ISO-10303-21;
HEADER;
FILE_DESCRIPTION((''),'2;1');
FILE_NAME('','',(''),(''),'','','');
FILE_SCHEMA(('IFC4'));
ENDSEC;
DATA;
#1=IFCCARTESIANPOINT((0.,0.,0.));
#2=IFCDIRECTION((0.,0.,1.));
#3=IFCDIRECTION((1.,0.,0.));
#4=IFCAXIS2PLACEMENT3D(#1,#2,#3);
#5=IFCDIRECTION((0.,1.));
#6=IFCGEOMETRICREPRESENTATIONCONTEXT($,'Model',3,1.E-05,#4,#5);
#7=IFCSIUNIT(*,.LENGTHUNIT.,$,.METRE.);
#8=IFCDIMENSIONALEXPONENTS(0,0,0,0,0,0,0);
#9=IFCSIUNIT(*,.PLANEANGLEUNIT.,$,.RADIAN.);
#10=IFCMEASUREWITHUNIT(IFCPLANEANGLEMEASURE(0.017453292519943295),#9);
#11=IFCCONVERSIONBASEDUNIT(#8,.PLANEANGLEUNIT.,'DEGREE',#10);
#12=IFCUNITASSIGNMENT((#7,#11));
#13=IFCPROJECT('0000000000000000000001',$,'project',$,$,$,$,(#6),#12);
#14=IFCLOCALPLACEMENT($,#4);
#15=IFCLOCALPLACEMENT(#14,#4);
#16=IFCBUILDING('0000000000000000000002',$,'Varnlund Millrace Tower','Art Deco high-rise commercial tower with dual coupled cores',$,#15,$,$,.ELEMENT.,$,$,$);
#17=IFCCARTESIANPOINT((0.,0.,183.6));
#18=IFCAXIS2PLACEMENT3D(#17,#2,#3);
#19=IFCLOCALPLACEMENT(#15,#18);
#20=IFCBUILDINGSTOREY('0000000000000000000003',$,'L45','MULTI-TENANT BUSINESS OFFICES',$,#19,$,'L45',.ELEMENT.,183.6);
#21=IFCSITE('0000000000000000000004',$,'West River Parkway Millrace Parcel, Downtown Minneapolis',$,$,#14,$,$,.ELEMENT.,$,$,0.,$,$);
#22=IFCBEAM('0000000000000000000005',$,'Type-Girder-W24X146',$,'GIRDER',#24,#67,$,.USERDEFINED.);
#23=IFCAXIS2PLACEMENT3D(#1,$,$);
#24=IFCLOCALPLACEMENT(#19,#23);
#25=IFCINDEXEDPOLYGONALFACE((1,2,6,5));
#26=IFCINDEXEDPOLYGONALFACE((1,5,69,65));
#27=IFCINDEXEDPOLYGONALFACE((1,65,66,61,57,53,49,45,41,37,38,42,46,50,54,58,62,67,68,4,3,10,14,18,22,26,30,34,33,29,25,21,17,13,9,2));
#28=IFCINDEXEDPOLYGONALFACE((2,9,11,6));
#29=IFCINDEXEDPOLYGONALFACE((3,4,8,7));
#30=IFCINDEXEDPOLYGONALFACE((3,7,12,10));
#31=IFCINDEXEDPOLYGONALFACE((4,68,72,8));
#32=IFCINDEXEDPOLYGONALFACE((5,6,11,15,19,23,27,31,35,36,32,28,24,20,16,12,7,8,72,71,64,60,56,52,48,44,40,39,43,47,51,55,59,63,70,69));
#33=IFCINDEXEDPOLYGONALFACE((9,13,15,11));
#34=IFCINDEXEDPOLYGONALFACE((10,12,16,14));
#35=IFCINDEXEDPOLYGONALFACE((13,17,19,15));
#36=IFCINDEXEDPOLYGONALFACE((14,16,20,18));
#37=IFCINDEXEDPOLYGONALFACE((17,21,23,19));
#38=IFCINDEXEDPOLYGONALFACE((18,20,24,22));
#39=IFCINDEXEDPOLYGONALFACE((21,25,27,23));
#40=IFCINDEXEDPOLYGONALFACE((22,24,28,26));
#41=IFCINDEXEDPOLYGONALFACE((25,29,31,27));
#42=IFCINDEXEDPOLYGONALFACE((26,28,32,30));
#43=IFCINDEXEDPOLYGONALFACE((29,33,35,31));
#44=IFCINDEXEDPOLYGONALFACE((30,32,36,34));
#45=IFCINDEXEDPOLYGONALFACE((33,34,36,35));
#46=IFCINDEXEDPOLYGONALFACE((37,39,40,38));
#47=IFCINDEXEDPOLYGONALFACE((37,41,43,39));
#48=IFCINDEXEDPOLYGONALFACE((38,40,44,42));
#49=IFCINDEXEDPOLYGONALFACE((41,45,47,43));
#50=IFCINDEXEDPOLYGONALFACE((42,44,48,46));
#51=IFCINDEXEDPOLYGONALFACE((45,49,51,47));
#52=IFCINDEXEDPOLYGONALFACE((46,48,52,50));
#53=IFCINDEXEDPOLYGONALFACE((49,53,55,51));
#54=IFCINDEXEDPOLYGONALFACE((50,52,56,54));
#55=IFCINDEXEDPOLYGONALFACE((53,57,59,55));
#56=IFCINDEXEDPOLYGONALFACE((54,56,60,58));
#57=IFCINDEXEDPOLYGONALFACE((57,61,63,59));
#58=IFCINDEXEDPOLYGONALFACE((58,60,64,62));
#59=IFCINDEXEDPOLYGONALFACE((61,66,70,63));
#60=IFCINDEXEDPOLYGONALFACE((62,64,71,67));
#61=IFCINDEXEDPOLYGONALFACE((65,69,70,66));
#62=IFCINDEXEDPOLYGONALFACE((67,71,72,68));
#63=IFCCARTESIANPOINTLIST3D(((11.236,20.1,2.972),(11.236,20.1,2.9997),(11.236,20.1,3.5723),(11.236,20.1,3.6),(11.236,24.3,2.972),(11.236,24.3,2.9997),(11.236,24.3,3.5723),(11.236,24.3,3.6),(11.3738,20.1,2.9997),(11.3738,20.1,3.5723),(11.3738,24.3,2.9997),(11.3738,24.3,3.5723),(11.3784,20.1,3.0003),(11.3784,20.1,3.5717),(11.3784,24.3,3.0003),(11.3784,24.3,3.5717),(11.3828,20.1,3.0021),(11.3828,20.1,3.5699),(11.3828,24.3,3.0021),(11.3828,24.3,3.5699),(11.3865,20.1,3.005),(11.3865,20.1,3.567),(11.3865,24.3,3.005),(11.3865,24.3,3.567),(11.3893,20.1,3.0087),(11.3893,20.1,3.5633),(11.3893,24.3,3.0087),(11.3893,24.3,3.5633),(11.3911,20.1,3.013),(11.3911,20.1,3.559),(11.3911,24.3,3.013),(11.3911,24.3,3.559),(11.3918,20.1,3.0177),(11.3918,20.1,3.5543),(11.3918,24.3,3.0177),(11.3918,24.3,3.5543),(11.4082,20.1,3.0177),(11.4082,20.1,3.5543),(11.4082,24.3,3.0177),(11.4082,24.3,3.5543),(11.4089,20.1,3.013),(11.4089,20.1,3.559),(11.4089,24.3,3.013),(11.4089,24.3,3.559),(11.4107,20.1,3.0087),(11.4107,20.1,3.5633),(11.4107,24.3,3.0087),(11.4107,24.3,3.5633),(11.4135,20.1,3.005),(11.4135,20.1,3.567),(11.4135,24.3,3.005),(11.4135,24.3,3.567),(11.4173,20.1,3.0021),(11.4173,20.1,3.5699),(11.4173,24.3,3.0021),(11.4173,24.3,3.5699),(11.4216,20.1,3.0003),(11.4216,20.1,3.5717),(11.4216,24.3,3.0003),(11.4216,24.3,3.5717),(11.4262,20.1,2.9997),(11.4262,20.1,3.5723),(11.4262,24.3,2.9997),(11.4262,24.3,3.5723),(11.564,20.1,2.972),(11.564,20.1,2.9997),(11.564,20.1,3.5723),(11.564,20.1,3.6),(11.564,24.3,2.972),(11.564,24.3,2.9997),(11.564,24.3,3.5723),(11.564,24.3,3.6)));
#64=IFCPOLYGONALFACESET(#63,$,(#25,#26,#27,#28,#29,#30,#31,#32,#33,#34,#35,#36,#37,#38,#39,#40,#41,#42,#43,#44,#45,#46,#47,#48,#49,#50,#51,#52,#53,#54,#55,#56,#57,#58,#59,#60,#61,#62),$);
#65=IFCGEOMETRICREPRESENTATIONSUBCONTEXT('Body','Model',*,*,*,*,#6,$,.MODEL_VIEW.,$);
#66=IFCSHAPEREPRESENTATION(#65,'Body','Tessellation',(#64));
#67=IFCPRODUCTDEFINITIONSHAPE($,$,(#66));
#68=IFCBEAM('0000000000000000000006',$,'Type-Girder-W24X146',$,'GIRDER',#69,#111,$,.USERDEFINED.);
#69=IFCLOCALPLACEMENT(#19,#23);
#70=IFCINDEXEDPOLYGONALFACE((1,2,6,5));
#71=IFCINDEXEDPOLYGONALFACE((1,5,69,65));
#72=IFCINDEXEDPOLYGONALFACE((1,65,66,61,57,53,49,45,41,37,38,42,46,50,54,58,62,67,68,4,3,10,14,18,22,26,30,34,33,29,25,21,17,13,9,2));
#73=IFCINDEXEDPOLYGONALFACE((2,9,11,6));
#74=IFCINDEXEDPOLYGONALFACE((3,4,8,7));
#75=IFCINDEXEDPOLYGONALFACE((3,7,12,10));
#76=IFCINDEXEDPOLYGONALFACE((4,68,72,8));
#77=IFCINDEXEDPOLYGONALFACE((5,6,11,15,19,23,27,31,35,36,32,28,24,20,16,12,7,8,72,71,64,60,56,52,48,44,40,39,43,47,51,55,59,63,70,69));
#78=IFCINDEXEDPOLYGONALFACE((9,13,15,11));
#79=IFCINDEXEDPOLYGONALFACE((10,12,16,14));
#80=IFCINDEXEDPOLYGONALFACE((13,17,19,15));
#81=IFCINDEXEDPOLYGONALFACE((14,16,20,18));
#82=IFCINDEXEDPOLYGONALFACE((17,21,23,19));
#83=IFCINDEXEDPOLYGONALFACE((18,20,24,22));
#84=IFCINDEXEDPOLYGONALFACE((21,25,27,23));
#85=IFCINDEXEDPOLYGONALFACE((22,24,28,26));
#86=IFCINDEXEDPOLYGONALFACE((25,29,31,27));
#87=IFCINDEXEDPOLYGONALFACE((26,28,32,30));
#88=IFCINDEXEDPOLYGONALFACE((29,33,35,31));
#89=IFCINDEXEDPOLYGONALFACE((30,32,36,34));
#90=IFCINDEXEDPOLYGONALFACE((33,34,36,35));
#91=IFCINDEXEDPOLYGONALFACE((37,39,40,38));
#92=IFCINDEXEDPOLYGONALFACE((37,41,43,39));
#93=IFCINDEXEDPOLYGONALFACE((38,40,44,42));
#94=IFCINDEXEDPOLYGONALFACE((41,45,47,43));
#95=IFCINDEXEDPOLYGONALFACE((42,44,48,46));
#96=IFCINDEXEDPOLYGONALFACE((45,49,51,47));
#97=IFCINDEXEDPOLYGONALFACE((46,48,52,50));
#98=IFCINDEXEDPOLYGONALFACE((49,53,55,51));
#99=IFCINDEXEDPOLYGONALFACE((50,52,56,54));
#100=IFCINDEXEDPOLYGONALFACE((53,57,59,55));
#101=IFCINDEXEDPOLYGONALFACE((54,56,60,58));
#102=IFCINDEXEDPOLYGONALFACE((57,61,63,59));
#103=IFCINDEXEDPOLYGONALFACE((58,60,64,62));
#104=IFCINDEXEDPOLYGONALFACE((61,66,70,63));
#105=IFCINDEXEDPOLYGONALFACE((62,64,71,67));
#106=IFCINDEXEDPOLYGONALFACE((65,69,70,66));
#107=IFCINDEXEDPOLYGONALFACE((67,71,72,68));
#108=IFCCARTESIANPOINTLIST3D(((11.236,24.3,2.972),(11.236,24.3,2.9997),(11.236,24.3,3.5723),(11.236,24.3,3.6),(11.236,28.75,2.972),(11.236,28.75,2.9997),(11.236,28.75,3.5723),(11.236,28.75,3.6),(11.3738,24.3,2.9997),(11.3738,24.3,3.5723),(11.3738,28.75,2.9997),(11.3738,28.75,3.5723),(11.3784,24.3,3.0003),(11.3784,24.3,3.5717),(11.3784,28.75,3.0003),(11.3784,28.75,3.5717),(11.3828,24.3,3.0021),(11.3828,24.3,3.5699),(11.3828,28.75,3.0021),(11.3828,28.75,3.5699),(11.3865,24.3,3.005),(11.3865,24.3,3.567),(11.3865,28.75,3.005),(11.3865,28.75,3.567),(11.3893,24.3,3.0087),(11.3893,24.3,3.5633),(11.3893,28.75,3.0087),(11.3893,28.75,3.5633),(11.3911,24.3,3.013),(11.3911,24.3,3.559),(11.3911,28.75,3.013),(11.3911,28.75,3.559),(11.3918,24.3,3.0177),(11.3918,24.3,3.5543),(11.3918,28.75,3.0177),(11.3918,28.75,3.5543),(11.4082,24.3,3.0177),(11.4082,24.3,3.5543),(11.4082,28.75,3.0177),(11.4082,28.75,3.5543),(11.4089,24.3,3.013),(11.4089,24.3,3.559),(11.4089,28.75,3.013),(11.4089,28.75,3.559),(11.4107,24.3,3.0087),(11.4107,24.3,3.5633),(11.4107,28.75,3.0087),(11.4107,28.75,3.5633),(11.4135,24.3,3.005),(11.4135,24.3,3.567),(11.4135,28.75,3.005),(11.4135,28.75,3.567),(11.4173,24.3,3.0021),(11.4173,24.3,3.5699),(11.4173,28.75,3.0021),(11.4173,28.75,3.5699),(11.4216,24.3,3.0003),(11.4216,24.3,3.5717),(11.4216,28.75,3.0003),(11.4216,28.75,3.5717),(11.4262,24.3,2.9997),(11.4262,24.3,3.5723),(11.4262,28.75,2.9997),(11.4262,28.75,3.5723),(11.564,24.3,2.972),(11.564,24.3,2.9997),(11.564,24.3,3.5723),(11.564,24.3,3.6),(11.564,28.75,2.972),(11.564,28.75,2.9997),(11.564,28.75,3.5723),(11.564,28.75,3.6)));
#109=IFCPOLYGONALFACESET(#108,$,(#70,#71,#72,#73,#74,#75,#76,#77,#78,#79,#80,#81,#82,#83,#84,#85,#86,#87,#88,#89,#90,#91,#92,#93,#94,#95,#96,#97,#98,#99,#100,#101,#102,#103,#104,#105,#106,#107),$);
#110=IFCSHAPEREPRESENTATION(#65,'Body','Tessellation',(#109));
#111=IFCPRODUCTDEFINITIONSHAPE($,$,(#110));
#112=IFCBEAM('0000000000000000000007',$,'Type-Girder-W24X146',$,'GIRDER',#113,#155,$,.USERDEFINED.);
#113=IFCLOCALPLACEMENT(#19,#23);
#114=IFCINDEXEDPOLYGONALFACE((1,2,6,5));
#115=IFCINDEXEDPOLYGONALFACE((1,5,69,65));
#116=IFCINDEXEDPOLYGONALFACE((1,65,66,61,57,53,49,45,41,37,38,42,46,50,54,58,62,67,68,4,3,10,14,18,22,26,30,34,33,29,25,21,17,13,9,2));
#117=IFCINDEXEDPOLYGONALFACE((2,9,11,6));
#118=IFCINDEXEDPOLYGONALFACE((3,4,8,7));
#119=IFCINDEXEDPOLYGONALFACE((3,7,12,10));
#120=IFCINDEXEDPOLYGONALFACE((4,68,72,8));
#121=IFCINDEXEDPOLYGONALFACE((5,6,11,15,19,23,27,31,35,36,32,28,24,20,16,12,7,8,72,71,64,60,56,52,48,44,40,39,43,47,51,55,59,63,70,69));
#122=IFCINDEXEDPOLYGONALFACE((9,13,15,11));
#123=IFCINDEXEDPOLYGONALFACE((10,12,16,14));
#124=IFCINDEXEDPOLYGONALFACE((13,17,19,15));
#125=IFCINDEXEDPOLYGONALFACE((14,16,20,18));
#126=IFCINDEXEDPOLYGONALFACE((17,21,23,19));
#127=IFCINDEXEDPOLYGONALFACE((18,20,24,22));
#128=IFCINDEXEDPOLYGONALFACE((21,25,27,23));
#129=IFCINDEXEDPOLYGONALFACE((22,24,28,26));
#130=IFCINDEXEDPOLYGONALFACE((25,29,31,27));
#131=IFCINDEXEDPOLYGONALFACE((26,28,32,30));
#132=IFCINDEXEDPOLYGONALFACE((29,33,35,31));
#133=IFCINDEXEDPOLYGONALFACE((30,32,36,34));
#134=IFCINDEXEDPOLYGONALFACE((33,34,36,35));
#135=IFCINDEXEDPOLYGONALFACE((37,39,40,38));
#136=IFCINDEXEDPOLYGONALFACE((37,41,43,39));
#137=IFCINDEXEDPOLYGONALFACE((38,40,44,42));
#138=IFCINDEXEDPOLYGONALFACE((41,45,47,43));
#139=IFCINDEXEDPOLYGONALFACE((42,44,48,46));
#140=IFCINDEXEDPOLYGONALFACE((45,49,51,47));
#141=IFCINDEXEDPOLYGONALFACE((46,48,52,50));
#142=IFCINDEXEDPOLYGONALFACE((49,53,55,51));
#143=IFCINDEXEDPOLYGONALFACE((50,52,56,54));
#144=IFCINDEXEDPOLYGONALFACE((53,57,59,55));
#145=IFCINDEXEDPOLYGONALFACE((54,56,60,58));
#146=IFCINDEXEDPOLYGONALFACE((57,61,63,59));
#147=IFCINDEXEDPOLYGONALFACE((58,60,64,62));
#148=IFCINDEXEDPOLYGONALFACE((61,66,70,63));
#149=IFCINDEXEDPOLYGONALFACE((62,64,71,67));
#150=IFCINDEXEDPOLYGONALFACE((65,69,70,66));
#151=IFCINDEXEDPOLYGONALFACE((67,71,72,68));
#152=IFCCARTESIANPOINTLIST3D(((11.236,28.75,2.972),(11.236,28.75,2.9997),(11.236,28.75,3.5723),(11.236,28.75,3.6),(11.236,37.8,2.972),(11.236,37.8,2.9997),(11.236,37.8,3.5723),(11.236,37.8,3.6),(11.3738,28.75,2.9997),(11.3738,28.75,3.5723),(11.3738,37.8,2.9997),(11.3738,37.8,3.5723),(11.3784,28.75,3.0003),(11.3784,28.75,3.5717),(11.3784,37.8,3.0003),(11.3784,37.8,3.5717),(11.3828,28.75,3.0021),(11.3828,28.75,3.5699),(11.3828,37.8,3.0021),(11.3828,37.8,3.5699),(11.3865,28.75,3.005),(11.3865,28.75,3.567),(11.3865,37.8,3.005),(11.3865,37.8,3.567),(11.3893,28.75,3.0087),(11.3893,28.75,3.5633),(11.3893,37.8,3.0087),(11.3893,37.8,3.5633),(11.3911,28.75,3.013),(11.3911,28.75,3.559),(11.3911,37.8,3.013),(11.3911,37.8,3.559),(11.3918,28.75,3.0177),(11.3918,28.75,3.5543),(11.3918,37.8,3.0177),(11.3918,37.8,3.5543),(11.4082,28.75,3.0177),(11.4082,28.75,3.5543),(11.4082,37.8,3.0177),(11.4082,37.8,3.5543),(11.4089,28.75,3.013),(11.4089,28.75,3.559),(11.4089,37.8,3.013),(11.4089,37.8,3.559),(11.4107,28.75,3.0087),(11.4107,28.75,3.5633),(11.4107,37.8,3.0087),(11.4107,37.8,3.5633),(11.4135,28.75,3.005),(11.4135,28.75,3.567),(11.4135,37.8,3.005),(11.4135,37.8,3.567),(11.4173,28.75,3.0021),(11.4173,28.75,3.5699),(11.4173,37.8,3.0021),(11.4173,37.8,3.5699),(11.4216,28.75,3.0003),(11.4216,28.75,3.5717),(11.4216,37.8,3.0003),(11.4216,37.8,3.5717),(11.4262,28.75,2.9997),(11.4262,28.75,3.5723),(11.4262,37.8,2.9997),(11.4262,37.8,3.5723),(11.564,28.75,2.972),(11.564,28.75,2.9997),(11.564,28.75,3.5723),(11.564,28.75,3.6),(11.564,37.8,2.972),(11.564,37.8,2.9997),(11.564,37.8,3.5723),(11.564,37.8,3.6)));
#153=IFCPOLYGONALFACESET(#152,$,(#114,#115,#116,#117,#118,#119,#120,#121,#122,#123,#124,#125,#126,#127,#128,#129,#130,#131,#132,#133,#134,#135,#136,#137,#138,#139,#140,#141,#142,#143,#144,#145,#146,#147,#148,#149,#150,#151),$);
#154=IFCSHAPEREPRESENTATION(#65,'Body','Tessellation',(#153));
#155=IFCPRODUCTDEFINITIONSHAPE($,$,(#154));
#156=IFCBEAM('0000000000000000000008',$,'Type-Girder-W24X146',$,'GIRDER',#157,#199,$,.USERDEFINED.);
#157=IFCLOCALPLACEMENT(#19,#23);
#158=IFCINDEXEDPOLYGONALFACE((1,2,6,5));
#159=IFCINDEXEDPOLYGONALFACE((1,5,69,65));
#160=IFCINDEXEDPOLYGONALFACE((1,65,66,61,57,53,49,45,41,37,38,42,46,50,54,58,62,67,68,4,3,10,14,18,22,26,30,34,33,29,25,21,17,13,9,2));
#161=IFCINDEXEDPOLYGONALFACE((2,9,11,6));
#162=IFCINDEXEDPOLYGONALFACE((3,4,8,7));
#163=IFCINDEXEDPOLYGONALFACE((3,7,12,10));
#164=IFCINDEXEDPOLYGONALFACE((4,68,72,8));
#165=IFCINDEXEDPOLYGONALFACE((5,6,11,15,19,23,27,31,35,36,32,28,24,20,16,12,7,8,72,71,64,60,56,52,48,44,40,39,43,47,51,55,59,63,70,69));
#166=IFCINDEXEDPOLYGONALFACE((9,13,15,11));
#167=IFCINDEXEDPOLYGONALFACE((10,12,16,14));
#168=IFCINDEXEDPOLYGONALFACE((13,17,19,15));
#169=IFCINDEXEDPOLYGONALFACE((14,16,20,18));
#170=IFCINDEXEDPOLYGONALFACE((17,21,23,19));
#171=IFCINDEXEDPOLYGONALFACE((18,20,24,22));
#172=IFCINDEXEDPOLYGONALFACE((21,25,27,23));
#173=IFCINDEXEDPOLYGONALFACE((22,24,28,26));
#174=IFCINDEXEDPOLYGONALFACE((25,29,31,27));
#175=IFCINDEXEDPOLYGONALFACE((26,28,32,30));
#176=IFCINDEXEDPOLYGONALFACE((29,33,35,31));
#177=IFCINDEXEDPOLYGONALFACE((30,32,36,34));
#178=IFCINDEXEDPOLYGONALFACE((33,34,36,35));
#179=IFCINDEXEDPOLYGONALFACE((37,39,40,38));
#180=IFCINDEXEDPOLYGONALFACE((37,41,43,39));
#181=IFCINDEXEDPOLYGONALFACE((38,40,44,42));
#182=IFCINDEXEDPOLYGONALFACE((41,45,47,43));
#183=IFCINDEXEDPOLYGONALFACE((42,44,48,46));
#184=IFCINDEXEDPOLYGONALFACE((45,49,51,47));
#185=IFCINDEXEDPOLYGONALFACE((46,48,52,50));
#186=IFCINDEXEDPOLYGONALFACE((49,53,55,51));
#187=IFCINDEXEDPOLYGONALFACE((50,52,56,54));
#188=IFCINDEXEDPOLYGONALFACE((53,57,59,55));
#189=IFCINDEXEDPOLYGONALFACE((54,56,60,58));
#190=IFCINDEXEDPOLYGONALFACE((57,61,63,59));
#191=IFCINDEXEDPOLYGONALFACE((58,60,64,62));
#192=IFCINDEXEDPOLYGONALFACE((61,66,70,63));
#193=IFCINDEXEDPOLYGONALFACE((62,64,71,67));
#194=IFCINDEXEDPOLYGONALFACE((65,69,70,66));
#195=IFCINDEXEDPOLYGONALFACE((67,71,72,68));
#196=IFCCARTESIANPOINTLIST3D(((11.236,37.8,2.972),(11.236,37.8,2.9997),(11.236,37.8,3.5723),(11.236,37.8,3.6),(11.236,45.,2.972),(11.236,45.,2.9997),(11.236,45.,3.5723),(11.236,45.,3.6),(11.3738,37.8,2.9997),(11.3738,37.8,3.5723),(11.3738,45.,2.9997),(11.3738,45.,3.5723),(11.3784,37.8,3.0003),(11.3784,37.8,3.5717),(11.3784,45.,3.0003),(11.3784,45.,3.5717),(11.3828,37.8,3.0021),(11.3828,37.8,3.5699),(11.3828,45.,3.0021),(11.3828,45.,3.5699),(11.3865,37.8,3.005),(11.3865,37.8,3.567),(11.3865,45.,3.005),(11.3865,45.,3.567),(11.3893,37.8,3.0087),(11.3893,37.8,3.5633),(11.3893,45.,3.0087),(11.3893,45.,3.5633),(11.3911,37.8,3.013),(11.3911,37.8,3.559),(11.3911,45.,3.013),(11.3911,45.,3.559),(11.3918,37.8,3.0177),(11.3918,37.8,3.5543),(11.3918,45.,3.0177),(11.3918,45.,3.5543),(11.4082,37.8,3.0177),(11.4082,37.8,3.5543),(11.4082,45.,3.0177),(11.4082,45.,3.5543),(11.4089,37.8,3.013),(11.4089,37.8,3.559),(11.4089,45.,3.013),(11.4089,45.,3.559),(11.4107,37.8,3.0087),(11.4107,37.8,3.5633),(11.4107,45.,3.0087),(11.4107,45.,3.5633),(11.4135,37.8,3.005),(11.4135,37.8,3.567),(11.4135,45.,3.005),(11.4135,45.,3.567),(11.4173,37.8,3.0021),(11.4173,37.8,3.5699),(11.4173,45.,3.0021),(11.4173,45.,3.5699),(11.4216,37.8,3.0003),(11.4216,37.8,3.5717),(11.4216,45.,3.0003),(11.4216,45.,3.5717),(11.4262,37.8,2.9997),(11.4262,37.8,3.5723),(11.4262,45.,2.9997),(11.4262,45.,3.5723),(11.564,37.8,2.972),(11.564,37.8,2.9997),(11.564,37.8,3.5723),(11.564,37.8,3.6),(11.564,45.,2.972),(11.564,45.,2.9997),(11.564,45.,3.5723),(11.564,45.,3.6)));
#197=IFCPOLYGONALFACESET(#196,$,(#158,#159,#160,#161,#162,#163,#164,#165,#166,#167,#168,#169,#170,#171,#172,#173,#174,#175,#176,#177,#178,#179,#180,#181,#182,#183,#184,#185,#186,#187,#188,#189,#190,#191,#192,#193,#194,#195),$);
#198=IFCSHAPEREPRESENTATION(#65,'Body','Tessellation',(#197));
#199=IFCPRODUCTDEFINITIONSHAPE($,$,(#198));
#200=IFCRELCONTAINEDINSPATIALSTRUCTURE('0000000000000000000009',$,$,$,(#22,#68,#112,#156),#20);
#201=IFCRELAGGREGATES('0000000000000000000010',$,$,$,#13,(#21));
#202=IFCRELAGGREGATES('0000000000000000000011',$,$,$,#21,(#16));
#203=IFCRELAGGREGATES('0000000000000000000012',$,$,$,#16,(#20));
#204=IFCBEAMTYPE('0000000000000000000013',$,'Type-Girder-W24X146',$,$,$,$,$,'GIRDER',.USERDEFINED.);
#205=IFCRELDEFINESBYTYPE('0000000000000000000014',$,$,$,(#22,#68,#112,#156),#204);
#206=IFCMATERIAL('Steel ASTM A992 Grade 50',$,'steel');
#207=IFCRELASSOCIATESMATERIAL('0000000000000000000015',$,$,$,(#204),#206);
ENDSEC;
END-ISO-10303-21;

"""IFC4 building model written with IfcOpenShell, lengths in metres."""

from ifc_helpers import new_model, entity, si_unit, converted_unit, direction, frame, origin_with_axes, origin_2d_with_axis, place, context, subcontext, project, spatial, i_section, extrude, material, material_profile, profile_set, type_object, element, save


model = new_model("IFC4")

# Units and contexts
model_context = context("Model", 3, precision=1e-05, world=origin_with_axes(), true_north=direction((0.0, 1.0)))
body_context = subcontext(model_context, "Body", "Model", "MODEL_VIEW")
ifc_project = project(units=[si_unit("LENGTHUNIT", "METRE"), converted_unit("PLANEANGLEUNIT", "DEGREE", entity("IfcPlaneAngleMeasure", 0.017453292519943295), si_unit("PLANEANGLEUNIT", "RADIAN"), dimensions=[0, 0, 0, 0, 0, 0, 0])], contexts=[model_context])

# Site, building, storey
site_placement = place(None, origin_with_axes())
site = spatial("IfcSite", under=ifc_project, at=site_placement, Name="West River Parkway Millrace Parcel, Downtown Minneapolis", CompositionType="ELEMENT", RefElevation=0.0)
building_placement = place(site_placement, origin_with_axes())
building = spatial("IfcBuilding", under=site, at=building_placement, Name="Varnlund Millrace Tower", Description="Art Deco high-rise commercial tower with dual coupled cores", CompositionType="ELEMENT")
storey_placement = place(building_placement, frame((0.0, 0.0, 183.6), z_axis=(0.0, 0.0, 1.0), x_axis=(1.0, 0.0, 0.0)))
storey = spatial("IfcBuildingStorey", under=building, at=storey_placement, Name="L45", Description="MULTI-TENANT BUSINESS OFFICES", LongName="L45", CompositionType="ELEMENT", Elevation=183.6)

# Beams
ifc_material_1 = material(Name="Steel ASTM A992 Grade 50", Category="steel")
ifc_material_profile_1 = material_profile(ifc_material_1, i_section(OverallWidth=0.328, OverallDepth=0.628, WebThickness=0.0165, FlangeThickness=0.0277, FilletRadius=0.018, at=origin_2d_with_axis()), Name="Steel ASTM A992 Grade 50")
ifc_profile_set_1 = profile_set([ifc_material_profile_1], Name="Steel ASTM A992 Grade 50")
beam_type_1 = type_object("IfcBeamType", Name="Type-Girder-W24X146", ElementType="GIRDER", PredefinedType="USERDEFINED", material=ifc_profile_set_1)
beam_1_placement = place(storey_placement, frame((11.4, 20.1, 3.286), z_axis=(0.0, 1.0, 0.0), x_axis=(-1.0, 0.0, 0.0)))
element("IfcBeam", 1, at=beam_1_placement, inside=storey, type_object=beam_type_1, Name="Type-Girder-W24X146", ObjectType="GIRDER", PredefinedType="USERDEFINED", context=body_context, shape_type="SweptSolid", body=[
    extrude(i_section(OverallWidth=0.328, OverallDepth=0.628, WebThickness=0.0165, FlangeThickness=0.0277, FilletRadius=0.018, at=origin_2d_with_axis()), origin_with_axes(), (0.0, 0.0, 1.0), 4.2),
])
beam_2_placement = place(storey_placement, frame((11.4, 24.3, 3.286), z_axis=(0.0, 1.0, 0.0), x_axis=(-1.0, 0.0, 0.0)))
element("IfcBeam", 2, at=beam_2_placement, inside=storey, type_object=beam_type_1, Name="Type-Girder-W24X146", ObjectType="GIRDER", PredefinedType="USERDEFINED", context=body_context, shape_type="SweptSolid", body=[
    extrude(i_section(OverallWidth=0.328, OverallDepth=0.628, WebThickness=0.0165, FlangeThickness=0.0277, FilletRadius=0.018, at=origin_2d_with_axis()), origin_with_axes(), (0.0, 0.0, 1.0), 4.45),
])
beam_3_placement = place(storey_placement, frame((11.4, 28.75, 3.286), z_axis=(0.0, 1.0, 0.0), x_axis=(-1.0, 0.0, 0.0)))
element("IfcBeam", 3, at=beam_3_placement, inside=storey, type_object=beam_type_1, Name="Type-Girder-W24X146", ObjectType="GIRDER", PredefinedType="USERDEFINED", context=body_context, shape_type="SweptSolid", body=[
    extrude(i_section(OverallWidth=0.328, OverallDepth=0.628, WebThickness=0.0165, FlangeThickness=0.0277, FilletRadius=0.018, at=origin_2d_with_axis()), origin_with_axes(), (0.0, 0.0, 1.0), 9.05),
])
beam_4_placement = place(storey_placement, frame((11.4, 37.8, 3.286), z_axis=(0.0, 1.0, 0.0), x_axis=(-1.0, 0.0, 0.0)))
element("IfcBeam", 4, at=beam_4_placement, inside=storey, type_object=beam_type_1, Name="Type-Girder-W24X146", ObjectType="GIRDER", PredefinedType="USERDEFINED", context=body_context, shape_type="SweptSolid", body=[
    extrude(i_section(OverallWidth=0.328, OverallDepth=0.628, WebThickness=0.0165, FlangeThickness=0.0277, FilletRadius=0.018, at=origin_2d_with_axis()), origin_with_axes(), (0.0, 0.0, 1.0), 7.2),
])

save(model, "model.ifc")
